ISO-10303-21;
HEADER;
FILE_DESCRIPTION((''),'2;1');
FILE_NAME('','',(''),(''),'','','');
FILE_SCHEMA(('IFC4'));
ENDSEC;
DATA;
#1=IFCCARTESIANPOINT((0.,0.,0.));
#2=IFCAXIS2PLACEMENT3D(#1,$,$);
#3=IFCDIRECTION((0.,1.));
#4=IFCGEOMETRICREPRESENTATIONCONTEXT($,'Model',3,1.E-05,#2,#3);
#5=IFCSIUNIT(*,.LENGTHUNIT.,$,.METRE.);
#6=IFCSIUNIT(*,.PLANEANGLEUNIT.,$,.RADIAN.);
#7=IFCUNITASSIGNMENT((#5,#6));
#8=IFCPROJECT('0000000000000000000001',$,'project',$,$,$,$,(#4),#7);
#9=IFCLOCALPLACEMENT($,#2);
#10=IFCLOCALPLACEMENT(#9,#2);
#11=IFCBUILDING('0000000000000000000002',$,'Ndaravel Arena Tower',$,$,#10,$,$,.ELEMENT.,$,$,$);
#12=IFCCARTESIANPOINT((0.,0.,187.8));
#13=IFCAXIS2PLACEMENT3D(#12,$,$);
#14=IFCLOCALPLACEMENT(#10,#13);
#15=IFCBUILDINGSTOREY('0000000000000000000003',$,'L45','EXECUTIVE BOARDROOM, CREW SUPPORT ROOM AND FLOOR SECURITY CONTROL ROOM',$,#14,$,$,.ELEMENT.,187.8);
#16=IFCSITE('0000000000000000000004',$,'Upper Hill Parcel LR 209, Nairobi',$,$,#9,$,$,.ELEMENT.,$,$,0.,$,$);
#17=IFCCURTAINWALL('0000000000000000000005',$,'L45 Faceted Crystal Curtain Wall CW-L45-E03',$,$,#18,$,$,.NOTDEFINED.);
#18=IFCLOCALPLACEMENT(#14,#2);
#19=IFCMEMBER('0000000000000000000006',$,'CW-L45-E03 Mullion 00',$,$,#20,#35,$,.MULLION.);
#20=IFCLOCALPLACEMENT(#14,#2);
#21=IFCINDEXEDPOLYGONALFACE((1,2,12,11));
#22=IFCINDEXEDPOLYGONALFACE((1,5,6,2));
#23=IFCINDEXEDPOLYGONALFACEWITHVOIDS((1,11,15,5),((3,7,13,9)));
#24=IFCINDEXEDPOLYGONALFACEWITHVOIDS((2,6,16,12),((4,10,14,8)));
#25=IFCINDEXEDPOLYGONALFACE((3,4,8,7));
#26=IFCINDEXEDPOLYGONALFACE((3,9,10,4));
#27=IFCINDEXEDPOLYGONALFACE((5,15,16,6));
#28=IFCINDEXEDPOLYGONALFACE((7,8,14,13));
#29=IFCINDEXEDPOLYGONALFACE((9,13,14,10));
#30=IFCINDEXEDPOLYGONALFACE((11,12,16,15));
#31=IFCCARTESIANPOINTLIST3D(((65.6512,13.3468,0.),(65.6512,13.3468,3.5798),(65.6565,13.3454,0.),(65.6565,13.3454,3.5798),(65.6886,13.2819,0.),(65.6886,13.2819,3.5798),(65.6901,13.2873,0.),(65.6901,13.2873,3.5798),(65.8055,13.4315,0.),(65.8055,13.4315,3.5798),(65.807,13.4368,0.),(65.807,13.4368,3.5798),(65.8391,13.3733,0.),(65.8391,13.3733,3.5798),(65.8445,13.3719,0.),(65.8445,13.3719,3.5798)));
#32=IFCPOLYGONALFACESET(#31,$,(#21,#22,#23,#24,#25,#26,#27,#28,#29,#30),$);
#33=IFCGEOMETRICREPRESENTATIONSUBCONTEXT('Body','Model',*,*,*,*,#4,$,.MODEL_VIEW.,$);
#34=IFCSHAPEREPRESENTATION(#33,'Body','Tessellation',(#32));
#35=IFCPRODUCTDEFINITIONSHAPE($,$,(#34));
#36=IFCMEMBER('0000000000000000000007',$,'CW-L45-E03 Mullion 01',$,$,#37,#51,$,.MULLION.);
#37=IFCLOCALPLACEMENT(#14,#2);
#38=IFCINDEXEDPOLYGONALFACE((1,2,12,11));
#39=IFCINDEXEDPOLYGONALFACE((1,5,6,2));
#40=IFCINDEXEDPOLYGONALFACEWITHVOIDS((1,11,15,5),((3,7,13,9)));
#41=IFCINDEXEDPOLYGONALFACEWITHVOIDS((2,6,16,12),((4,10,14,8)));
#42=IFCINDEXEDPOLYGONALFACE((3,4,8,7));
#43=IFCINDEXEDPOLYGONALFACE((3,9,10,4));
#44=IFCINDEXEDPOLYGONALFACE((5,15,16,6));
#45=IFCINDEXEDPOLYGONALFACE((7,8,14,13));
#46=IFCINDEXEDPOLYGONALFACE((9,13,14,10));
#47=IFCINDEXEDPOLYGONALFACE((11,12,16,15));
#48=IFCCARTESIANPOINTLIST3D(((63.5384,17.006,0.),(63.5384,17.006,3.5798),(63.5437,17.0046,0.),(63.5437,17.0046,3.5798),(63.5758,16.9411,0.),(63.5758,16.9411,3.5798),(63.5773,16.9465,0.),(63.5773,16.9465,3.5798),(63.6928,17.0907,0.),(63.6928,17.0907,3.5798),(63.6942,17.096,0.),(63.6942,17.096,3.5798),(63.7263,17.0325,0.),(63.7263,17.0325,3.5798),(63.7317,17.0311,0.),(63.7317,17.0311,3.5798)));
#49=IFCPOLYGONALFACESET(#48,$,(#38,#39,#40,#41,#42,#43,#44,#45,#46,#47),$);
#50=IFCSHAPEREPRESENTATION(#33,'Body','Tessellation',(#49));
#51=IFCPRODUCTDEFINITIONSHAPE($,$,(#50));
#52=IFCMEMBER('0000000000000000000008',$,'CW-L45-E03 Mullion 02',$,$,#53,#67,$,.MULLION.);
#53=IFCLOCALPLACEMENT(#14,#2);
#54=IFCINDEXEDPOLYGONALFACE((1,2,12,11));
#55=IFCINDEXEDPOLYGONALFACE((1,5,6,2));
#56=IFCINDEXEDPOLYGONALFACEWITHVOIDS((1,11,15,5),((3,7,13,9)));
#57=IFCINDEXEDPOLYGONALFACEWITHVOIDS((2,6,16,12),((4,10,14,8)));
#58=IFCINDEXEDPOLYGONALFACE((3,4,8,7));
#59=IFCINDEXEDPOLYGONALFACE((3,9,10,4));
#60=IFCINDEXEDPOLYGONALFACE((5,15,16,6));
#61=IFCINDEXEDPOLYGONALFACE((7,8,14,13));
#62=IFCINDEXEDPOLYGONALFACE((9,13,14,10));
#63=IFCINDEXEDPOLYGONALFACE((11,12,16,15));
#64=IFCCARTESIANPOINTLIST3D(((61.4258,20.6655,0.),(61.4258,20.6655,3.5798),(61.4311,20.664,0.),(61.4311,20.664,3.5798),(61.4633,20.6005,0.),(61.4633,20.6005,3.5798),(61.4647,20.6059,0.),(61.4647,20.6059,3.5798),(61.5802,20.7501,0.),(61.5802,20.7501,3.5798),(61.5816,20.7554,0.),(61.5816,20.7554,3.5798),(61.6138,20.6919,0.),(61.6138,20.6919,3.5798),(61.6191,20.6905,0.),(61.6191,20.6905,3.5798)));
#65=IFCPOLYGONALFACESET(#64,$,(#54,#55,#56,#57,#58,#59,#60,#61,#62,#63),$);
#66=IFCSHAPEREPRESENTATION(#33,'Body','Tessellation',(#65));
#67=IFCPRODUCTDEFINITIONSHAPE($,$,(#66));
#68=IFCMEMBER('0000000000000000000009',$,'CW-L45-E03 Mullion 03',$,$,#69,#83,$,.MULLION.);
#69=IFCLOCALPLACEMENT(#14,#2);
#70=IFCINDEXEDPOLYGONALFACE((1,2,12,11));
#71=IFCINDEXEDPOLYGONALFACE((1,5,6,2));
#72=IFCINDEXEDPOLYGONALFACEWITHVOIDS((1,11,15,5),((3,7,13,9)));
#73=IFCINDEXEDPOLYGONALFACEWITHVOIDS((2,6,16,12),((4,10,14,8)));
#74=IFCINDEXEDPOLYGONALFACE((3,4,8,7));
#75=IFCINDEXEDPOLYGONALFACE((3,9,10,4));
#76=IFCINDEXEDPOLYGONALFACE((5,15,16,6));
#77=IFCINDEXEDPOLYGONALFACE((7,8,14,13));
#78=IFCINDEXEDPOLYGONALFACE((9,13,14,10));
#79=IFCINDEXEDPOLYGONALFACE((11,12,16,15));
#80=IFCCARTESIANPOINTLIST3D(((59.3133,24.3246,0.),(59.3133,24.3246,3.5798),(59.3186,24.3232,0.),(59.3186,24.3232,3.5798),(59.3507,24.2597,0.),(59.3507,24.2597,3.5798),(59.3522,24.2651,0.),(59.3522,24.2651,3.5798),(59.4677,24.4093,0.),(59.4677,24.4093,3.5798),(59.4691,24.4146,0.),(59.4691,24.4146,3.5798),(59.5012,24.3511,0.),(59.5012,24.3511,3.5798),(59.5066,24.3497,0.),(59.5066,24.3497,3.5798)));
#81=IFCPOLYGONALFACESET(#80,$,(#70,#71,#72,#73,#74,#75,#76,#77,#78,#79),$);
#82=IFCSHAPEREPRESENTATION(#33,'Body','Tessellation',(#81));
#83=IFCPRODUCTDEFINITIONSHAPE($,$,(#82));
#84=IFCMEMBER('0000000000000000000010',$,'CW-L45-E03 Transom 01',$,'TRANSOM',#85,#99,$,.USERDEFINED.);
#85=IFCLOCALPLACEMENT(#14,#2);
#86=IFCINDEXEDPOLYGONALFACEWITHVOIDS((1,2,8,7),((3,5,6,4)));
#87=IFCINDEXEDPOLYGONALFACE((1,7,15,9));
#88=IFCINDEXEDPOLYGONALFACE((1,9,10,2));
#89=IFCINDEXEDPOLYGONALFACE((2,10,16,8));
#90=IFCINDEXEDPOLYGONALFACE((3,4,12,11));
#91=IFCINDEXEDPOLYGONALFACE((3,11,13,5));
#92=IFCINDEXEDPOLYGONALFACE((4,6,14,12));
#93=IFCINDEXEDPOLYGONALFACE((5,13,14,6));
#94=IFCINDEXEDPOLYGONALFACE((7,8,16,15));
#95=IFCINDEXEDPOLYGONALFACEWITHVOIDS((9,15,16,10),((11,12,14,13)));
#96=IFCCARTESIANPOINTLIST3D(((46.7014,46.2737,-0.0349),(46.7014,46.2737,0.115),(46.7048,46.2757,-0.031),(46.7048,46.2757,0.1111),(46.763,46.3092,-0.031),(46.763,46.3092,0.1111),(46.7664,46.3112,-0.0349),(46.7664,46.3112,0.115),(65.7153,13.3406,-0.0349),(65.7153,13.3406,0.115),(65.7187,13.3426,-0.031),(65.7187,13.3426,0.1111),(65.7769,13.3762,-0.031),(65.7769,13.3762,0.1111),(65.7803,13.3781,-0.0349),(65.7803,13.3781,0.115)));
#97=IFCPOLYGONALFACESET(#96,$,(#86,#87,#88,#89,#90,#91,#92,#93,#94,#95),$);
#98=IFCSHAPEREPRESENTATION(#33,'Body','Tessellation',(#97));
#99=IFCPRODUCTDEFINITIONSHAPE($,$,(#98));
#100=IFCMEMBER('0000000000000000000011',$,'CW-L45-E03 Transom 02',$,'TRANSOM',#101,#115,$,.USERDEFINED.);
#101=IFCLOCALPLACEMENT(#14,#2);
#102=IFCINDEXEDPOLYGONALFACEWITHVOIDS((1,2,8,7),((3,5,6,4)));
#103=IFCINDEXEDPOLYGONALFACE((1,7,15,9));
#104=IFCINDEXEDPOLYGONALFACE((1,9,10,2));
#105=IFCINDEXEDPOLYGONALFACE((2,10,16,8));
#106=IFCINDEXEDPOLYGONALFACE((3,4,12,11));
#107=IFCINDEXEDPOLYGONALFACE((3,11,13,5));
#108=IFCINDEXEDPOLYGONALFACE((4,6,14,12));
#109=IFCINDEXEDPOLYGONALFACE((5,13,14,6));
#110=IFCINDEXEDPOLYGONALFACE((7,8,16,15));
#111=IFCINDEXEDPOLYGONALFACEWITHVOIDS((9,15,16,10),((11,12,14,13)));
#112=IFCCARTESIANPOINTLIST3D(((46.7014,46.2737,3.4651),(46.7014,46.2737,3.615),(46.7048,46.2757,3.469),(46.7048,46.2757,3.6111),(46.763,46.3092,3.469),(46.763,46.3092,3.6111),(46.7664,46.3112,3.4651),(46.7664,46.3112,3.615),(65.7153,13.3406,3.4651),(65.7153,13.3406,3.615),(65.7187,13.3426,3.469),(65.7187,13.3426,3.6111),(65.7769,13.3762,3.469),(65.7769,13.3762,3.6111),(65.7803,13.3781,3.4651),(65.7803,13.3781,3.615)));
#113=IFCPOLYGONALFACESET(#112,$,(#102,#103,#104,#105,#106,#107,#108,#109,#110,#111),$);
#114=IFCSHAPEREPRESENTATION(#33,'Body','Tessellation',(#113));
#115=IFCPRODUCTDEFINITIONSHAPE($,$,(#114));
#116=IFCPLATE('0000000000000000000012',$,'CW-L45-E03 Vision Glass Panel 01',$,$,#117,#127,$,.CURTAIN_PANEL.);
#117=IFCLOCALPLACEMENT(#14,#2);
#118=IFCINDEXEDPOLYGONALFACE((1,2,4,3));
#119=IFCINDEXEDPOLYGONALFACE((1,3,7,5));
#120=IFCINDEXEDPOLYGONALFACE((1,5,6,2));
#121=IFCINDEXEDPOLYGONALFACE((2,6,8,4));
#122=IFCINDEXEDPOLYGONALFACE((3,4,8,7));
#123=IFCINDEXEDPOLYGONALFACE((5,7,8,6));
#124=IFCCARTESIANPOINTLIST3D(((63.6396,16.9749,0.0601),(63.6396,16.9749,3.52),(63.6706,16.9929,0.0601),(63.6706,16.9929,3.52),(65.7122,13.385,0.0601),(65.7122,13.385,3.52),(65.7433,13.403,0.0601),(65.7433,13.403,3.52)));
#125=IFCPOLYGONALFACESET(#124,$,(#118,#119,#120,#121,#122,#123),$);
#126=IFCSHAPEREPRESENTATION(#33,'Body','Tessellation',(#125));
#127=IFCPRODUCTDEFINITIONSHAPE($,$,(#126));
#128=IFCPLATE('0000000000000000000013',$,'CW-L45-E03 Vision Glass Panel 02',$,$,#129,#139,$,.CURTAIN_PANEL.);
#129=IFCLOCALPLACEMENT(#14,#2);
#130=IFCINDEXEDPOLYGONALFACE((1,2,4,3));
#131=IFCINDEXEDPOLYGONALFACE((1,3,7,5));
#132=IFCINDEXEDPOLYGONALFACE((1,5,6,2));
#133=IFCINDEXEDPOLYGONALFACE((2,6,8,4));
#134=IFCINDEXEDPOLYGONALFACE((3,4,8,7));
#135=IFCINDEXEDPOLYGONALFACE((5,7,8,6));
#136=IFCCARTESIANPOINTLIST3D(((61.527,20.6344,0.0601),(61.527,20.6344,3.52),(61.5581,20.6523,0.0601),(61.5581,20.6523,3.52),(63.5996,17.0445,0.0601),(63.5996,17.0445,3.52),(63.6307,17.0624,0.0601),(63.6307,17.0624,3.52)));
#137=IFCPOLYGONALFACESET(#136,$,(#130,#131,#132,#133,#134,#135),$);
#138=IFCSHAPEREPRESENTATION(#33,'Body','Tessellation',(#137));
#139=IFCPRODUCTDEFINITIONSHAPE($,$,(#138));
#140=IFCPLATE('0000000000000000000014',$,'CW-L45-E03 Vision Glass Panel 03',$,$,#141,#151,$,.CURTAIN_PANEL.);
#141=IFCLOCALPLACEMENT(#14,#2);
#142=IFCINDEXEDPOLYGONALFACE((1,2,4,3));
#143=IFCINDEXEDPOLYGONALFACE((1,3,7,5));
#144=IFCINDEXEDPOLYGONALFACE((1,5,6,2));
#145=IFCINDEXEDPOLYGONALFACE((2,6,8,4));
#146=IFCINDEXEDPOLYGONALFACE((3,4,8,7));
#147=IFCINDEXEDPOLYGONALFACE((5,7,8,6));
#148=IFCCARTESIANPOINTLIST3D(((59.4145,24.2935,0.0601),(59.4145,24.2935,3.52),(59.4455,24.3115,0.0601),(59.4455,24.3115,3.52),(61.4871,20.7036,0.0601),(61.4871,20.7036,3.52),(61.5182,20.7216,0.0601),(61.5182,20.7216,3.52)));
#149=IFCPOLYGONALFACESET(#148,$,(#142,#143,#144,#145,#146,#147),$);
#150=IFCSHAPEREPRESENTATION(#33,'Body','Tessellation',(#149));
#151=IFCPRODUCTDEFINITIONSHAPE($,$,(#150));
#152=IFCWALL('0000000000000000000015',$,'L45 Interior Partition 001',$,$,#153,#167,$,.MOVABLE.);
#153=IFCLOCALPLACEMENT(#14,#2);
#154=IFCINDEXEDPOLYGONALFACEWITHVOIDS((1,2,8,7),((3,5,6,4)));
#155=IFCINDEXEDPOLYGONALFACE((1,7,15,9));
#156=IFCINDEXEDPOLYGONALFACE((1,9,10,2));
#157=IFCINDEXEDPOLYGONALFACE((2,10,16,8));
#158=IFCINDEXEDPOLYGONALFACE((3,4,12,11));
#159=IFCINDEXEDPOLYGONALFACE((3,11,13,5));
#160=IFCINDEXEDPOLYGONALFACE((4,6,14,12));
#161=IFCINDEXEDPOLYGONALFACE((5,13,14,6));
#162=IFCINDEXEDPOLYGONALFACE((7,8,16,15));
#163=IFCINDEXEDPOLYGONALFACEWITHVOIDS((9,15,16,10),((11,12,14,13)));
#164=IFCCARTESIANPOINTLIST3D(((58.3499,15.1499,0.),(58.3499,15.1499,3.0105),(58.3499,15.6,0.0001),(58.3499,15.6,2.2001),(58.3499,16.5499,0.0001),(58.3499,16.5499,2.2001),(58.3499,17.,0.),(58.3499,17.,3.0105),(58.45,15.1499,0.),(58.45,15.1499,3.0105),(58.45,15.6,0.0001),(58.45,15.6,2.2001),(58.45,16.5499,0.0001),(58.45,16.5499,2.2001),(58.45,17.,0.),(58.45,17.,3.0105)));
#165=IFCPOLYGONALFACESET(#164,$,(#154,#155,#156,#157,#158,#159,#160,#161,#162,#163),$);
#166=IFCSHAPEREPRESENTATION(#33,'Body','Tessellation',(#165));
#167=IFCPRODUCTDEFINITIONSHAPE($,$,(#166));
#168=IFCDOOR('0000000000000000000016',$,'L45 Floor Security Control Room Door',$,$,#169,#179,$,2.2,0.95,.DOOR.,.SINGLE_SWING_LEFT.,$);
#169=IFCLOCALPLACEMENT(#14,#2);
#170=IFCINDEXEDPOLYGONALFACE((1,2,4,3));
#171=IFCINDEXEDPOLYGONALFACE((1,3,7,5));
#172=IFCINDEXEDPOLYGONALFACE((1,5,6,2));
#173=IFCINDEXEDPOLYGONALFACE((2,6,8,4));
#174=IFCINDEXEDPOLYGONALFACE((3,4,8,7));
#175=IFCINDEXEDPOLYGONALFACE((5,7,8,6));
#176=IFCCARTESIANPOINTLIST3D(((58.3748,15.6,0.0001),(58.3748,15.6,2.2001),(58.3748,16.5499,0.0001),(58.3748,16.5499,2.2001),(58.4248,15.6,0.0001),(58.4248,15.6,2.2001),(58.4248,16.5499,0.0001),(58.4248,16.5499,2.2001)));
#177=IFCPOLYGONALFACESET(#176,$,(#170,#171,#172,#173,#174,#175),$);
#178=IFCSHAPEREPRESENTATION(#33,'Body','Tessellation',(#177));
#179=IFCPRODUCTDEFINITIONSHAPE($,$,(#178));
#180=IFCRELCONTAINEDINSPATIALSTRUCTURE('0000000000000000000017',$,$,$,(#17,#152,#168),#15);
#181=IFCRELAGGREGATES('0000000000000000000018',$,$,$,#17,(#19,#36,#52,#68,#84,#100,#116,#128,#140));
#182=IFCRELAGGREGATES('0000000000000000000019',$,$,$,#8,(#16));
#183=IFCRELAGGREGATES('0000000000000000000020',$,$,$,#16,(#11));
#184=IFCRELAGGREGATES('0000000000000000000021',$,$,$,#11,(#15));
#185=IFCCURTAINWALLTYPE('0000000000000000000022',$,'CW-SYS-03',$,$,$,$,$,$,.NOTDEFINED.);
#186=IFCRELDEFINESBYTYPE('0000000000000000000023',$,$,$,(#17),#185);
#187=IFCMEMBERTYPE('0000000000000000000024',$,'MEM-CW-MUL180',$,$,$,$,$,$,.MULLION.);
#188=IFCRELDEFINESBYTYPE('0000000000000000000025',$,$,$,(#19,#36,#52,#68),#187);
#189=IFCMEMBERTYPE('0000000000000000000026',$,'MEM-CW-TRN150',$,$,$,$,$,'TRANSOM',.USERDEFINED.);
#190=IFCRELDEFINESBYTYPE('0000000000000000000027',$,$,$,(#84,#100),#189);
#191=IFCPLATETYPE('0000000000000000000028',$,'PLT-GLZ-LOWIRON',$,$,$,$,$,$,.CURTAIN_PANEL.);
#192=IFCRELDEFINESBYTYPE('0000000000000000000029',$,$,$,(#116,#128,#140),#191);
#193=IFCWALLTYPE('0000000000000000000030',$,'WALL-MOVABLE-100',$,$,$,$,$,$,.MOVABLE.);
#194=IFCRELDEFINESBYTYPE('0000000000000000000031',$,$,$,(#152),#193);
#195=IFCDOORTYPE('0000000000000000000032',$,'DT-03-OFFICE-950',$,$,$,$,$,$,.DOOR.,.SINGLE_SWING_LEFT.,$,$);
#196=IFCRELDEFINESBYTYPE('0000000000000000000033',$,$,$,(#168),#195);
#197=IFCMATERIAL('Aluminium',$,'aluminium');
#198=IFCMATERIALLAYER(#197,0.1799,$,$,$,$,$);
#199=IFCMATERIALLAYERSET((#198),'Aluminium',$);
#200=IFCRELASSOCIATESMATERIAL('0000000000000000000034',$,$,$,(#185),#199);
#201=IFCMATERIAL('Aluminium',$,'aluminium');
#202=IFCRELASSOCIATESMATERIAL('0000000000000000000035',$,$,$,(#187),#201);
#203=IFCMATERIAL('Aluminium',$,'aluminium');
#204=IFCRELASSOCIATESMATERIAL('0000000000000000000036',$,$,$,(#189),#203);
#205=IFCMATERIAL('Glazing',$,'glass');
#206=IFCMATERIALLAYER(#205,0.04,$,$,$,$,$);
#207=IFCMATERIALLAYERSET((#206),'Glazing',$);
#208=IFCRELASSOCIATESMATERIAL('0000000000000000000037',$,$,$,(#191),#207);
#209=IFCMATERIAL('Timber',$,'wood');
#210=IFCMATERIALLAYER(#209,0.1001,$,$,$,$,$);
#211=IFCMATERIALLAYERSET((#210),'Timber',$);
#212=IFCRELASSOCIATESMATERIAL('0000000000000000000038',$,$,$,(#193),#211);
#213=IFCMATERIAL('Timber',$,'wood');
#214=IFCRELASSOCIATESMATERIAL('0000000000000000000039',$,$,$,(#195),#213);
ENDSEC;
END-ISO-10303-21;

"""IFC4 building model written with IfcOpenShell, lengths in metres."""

from ifc_helpers import new_model, si_unit, direction, frame, frame_2d, origin, origin_2d, place, context, subcontext, project, spatial, rectangle, hollow_rectangle, extrude, material, layer, layer_set, material_profile, profile_set, type_object, element, fill, aggregate, save


model = new_model("IFC4")

# Units and contexts
model_context = context("Model", 3, precision=1e-05, world=origin(), true_north=direction((0.0, 1.0)))
body_context = subcontext(model_context, "Body", "Model", "MODEL_VIEW")
ifc_project = project(units=[si_unit("LENGTHUNIT", "METRE"), si_unit("PLANEANGLEUNIT", "RADIAN")], contexts=[model_context])

# Site, building, storey
site_placement = place(None, origin())
site = spatial("IfcSite", under=ifc_project, at=site_placement, Name="Upper Hill Parcel LR 209, Nairobi", CompositionType="ELEMENT", RefElevation=0.0)
building_placement = place(site_placement, origin())
building = spatial("IfcBuilding", under=site, at=building_placement, Name="Ndaravel Arena Tower", CompositionType="ELEMENT")
storey_placement = place(building_placement, frame((0.0, 0.0, 187.8)))
storey = spatial("IfcBuildingStorey", under=building, at=storey_placement, Name="L45", Description="EXECUTIVE BOARDROOM, CREW SUPPORT ROOM AND FLOOR SECURITY CONTROL ROOM", CompositionType="ELEMENT", Elevation=187.8)

# Curtain wall, members, plates
ifc_material_1 = material(Name="Aluminium", Category="aluminium")
ifc_layer_1 = layer(ifc_material_1, 0.1799)
ifc_layer_set_1 = layer_set([ifc_layer_1], Name="Aluminium")
curtain_wall_type = type_object("IfcCurtainWallType", Name="CW-SYS-03", PredefinedType="NOTDEFINED", material=ifc_layer_set_1)
curtain_wall_placement = place(storey_placement, origin())
curtain_wall = element("IfcCurtainWall", 1, at=curtain_wall_placement, inside=storey, type_object=curtain_wall_type, Name="L45 Faceted Crystal Curtain Wall CW-L45-E03", PredefinedType="NOTDEFINED")
ifc_material_2 = material(Name="Aluminium", Category="aluminium")
ifc_material_profile_1 = material_profile(ifc_material_2, hollow_rectangle(XDim=0.075, YDim=0.1799, WallThickness=0.0039, at=origin_2d()), Name="CW MULLION 75x180x4")
ifc_profile_set_1 = profile_set([ifc_material_profile_1], Name="Aluminium")
member_type_1 = type_object("IfcMemberType", Name="MEM-CW-MUL180", PredefinedType="MULLION", material=ifc_profile_set_1)
member_1_placement = place(storey_placement, frame((65.7478, 13.3594, 0.0), z_axis=(0.0, 0.0, 1.0), x_axis=(-0.5, 0.866025, 0.0)))
member_1 = element("IfcMember", 2, at=member_1_placement, type_object=member_type_1, Name="CW-L45-E03 Mullion 00", PredefinedType="MULLION", context=body_context, shape_type="SweptSolid", body=[
    extrude(hollow_rectangle(XDim=0.075, YDim=0.1799, WallThickness=0.0039, at=origin_2d()), origin(), (0.0, 0.0, 1.0), 3.5798),
])
member_2_placement = place(storey_placement, frame((63.635, 17.0186, 0.0), z_axis=(0.0, 0.0, 1.0), x_axis=(-0.5, 0.866025, 0.0)))
member_2 = element("IfcMember", 3, at=member_2_placement, type_object=member_type_1, Name="CW-L45-E03 Mullion 01", PredefinedType="MULLION", context=body_context, shape_type="SweptSolid", body=[
    extrude(hollow_rectangle(XDim=0.075, YDim=0.1799, WallThickness=0.0039, at=origin_2d()), origin(), (0.0, 0.0, 1.0), 3.5798),
])
member_3_placement = place(storey_placement, frame((61.5225, 20.678, 0.0), z_axis=(0.0, 0.0, 1.0), x_axis=(-0.5, 0.866025, 0.0)))
member_3 = element("IfcMember", 4, at=member_3_placement, type_object=member_type_1, Name="CW-L45-E03 Mullion 02", PredefinedType="MULLION", context=body_context, shape_type="SweptSolid", body=[
    extrude(hollow_rectangle(XDim=0.075, YDim=0.1799, WallThickness=0.0039, at=origin_2d()), origin(), (0.0, 0.0, 1.0), 3.5798),
])
member_4_placement = place(storey_placement, frame((59.4099, 24.3372, 0.0), z_axis=(0.0, 0.0, 1.0), x_axis=(-0.5, 0.866025, 0.0)))
member_4 = element("IfcMember", 5, at=member_4_placement, type_object=member_type_1, Name="CW-L45-E03 Mullion 03", PredefinedType="MULLION", context=body_context, shape_type="SweptSolid", body=[
    extrude(hollow_rectangle(XDim=0.075, YDim=0.1799, WallThickness=0.0039, at=origin_2d()), origin(), (0.0, 0.0, 1.0), 3.5798),
])
ifc_material_3 = material(Name="Aluminium", Category="aluminium")
ifc_material_profile_2 = material_profile(ifc_material_3, hollow_rectangle(XDim=0.075, YDim=0.1499, WallThickness=0.0039, at=origin_2d()), Name="CW TRANSOM 75x150x4")
ifc_profile_set_2 = profile_set([ifc_material_profile_2], Name="Aluminium")
member_type_2 = type_object("IfcMemberType", Name="MEM-CW-TRN150", ElementType="TRANSOM", PredefinedType="USERDEFINED", material=ifc_profile_set_2)
member_5_placement = place(storey_placement, frame((65.7478, 13.3594, 0.04), z_axis=(-0.5, 0.866026, 0.0), x_axis=(-0.866026, -0.5, 0.0)))
member_5 = element("IfcMember", 6, at=member_5_placement, type_object=member_type_2, Name="CW-L45-E03 Transom 01", ObjectType="TRANSOM", PredefinedType="USERDEFINED", context=body_context, shape_type="SweptSolid", body=[
    extrude(hollow_rectangle(XDim=0.075, YDim=0.1499, WallThickness=0.0039, at=origin_2d()), origin(), (0.0, 0.0, 1.0), 38.0278),
])
member_6_placement = place(storey_placement, frame((65.7478, 13.3594, 3.54), z_axis=(-0.5, 0.866026, 0.0), x_axis=(-0.866026, -0.5, 0.0)))
member_6 = element("IfcMember", 7, at=member_6_placement, type_object=member_type_2, Name="CW-L45-E03 Transom 02", ObjectType="TRANSOM", PredefinedType="USERDEFINED", context=body_context, shape_type="SweptSolid", body=[
    extrude(hollow_rectangle(XDim=0.075, YDim=0.1499, WallThickness=0.0039, at=origin_2d()), origin(), (0.0, 0.0, 1.0), 38.0278),
])
ifc_material_4 = material(Name="Glazing", Category="glass")
ifc_layer_2 = layer(ifc_material_4, 0.04)
ifc_layer_set_2 = layer_set([ifc_layer_2], Name="Glazing")
plate_type = type_object("IfcPlateType", Name="PLT-GLZ-LOWIRON", PredefinedType="CURTAIN_PANEL", material=ifc_layer_set_2)
plate_1_placement = place(storey_placement, frame((64.6914, 15.189, 0.0601), z_axis=(0.0, 0.0, 1.0), x_axis=(-0.5, 0.866025, 0.0)))
plate_1 = element("IfcPlate", 8, at=plate_1_placement, type_object=plate_type, Name="CW-L45-E03 Vision Glass Panel 01", PredefinedType="CURTAIN_PANEL", context=body_context, shape_type="SweptSolid", body=[
    extrude(rectangle(XDim=4.1453, YDim=0.0359, at=origin_2d()), origin(), (0.0, 0.0, 1.0), 3.46),
])
plate_2_placement = place(storey_placement, frame((62.5789, 18.8484, 0.0601), z_axis=(0.0, 0.0, 1.0), x_axis=(-0.5, 0.866025, 0.0)))
plate_2 = element("IfcPlate", 9, at=plate_2_placement, type_object=plate_type, Name="CW-L45-E03 Vision Glass Panel 02", PredefinedType="CURTAIN_PANEL", context=body_context, shape_type="SweptSolid", body=[
    extrude(rectangle(XDim=4.1453, YDim=0.0359, at=origin_2d()), origin(), (0.0, 0.0, 1.0), 3.46),
])
plate_3_placement = place(storey_placement, frame((60.4663, 22.5076, 0.0601), z_axis=(0.0, 0.0, 1.0), x_axis=(-0.5, 0.866025, 0.0)))
plate_3 = element("IfcPlate", 10, at=plate_3_placement, type_object=plate_type, Name="CW-L45-E03 Vision Glass Panel 03", PredefinedType="CURTAIN_PANEL", context=body_context, shape_type="SweptSolid", body=[
    extrude(rectangle(XDim=4.1453, YDim=0.0359, at=origin_2d()), origin(), (0.0, 0.0, 1.0), 3.46),
])
aggregate(curtain_wall, [member_1, member_2, member_3, member_4, member_5, member_6, plate_1, plate_2, plate_3])

# Wall, opening, door
ifc_material_5 = material(Name="Timber", Category="wood")
ifc_layer_3 = layer(ifc_material_5, 0.1001)
ifc_layer_set_3 = layer_set([ifc_layer_3], Name="Timber")
wall_type_1 = type_object("IfcWallType", Name="WALL-MOVABLE-100", PredefinedType="MOVABLE", material=ifc_layer_set_3)
wall_1_placement = place(storey_placement, frame((58.3999, 17.0, 0.0), z_axis=(0.0, 0.0, 1.0), x_axis=(0.0, -1.0, 0.0)))
wall_1 = element("IfcWall", 11, at=wall_1_placement, inside=storey, type_object=wall_type_1, Name="L45 Interior Partition 001", PredefinedType="MOVABLE", context=body_context, shape_type="SweptSolid", body=[
    extrude(rectangle(XDim=1.8501, YDim=0.1001, at=frame_2d((0.925, 0.0))), origin(), (0.0, 0.0, 1.0), 3.0105),
])
opening_1_placement = place(wall_1_placement, frame((0.45, 0.0, 0.0)))
opening_1 = element("IfcOpeningElement", 12, at=opening_1_placement, cuts=wall_1, PredefinedType="OPENING", context=body_context, shape_type="SweptSolid", body=[
    extrude(rectangle(XDim=0.95, YDim=2.2, at=frame_2d((0.4751, 1.1001))), frame((0.0, 0.05, 0.0), z_axis=(0.0, -1.0, 0.0), x_axis=(1.0, 0.0, 0.0)), (0.0, 0.0, 1.0), 0.1001),
])
ifc_material_6 = material(Name="Timber", Category="wood")
door_type_1 = type_object("IfcDoorType", Name="DT-03-OFFICE-950", OperationType="SINGLE_SWING_LEFT", PredefinedType="DOOR", material=ifc_material_6)
door_1_placement = place(opening_1_placement, origin())
door_1 = element("IfcDoor", 13, at=door_1_placement, inside=storey, type_object=door_type_1, Name="L45 Floor Security Control Room Door", OperationType="SINGLE_SWING_LEFT", OverallHeight=2.2, OverallWidth=0.95, PredefinedType="DOOR", context=body_context, shape_type="SweptSolid", body=[
    extrude(rectangle(XDim=0.95, YDim=2.2, at=frame_2d((0.4751, 1.1001))), frame((0.0, 0.0249, 0.0), z_axis=(0.0, -1.0, 0.0), x_axis=(1.0, 0.0, 0.0)), (0.0, 0.0, 1.0), 0.05),
])
fill(opening_1, door_1)

save(model, "model.ifc")
